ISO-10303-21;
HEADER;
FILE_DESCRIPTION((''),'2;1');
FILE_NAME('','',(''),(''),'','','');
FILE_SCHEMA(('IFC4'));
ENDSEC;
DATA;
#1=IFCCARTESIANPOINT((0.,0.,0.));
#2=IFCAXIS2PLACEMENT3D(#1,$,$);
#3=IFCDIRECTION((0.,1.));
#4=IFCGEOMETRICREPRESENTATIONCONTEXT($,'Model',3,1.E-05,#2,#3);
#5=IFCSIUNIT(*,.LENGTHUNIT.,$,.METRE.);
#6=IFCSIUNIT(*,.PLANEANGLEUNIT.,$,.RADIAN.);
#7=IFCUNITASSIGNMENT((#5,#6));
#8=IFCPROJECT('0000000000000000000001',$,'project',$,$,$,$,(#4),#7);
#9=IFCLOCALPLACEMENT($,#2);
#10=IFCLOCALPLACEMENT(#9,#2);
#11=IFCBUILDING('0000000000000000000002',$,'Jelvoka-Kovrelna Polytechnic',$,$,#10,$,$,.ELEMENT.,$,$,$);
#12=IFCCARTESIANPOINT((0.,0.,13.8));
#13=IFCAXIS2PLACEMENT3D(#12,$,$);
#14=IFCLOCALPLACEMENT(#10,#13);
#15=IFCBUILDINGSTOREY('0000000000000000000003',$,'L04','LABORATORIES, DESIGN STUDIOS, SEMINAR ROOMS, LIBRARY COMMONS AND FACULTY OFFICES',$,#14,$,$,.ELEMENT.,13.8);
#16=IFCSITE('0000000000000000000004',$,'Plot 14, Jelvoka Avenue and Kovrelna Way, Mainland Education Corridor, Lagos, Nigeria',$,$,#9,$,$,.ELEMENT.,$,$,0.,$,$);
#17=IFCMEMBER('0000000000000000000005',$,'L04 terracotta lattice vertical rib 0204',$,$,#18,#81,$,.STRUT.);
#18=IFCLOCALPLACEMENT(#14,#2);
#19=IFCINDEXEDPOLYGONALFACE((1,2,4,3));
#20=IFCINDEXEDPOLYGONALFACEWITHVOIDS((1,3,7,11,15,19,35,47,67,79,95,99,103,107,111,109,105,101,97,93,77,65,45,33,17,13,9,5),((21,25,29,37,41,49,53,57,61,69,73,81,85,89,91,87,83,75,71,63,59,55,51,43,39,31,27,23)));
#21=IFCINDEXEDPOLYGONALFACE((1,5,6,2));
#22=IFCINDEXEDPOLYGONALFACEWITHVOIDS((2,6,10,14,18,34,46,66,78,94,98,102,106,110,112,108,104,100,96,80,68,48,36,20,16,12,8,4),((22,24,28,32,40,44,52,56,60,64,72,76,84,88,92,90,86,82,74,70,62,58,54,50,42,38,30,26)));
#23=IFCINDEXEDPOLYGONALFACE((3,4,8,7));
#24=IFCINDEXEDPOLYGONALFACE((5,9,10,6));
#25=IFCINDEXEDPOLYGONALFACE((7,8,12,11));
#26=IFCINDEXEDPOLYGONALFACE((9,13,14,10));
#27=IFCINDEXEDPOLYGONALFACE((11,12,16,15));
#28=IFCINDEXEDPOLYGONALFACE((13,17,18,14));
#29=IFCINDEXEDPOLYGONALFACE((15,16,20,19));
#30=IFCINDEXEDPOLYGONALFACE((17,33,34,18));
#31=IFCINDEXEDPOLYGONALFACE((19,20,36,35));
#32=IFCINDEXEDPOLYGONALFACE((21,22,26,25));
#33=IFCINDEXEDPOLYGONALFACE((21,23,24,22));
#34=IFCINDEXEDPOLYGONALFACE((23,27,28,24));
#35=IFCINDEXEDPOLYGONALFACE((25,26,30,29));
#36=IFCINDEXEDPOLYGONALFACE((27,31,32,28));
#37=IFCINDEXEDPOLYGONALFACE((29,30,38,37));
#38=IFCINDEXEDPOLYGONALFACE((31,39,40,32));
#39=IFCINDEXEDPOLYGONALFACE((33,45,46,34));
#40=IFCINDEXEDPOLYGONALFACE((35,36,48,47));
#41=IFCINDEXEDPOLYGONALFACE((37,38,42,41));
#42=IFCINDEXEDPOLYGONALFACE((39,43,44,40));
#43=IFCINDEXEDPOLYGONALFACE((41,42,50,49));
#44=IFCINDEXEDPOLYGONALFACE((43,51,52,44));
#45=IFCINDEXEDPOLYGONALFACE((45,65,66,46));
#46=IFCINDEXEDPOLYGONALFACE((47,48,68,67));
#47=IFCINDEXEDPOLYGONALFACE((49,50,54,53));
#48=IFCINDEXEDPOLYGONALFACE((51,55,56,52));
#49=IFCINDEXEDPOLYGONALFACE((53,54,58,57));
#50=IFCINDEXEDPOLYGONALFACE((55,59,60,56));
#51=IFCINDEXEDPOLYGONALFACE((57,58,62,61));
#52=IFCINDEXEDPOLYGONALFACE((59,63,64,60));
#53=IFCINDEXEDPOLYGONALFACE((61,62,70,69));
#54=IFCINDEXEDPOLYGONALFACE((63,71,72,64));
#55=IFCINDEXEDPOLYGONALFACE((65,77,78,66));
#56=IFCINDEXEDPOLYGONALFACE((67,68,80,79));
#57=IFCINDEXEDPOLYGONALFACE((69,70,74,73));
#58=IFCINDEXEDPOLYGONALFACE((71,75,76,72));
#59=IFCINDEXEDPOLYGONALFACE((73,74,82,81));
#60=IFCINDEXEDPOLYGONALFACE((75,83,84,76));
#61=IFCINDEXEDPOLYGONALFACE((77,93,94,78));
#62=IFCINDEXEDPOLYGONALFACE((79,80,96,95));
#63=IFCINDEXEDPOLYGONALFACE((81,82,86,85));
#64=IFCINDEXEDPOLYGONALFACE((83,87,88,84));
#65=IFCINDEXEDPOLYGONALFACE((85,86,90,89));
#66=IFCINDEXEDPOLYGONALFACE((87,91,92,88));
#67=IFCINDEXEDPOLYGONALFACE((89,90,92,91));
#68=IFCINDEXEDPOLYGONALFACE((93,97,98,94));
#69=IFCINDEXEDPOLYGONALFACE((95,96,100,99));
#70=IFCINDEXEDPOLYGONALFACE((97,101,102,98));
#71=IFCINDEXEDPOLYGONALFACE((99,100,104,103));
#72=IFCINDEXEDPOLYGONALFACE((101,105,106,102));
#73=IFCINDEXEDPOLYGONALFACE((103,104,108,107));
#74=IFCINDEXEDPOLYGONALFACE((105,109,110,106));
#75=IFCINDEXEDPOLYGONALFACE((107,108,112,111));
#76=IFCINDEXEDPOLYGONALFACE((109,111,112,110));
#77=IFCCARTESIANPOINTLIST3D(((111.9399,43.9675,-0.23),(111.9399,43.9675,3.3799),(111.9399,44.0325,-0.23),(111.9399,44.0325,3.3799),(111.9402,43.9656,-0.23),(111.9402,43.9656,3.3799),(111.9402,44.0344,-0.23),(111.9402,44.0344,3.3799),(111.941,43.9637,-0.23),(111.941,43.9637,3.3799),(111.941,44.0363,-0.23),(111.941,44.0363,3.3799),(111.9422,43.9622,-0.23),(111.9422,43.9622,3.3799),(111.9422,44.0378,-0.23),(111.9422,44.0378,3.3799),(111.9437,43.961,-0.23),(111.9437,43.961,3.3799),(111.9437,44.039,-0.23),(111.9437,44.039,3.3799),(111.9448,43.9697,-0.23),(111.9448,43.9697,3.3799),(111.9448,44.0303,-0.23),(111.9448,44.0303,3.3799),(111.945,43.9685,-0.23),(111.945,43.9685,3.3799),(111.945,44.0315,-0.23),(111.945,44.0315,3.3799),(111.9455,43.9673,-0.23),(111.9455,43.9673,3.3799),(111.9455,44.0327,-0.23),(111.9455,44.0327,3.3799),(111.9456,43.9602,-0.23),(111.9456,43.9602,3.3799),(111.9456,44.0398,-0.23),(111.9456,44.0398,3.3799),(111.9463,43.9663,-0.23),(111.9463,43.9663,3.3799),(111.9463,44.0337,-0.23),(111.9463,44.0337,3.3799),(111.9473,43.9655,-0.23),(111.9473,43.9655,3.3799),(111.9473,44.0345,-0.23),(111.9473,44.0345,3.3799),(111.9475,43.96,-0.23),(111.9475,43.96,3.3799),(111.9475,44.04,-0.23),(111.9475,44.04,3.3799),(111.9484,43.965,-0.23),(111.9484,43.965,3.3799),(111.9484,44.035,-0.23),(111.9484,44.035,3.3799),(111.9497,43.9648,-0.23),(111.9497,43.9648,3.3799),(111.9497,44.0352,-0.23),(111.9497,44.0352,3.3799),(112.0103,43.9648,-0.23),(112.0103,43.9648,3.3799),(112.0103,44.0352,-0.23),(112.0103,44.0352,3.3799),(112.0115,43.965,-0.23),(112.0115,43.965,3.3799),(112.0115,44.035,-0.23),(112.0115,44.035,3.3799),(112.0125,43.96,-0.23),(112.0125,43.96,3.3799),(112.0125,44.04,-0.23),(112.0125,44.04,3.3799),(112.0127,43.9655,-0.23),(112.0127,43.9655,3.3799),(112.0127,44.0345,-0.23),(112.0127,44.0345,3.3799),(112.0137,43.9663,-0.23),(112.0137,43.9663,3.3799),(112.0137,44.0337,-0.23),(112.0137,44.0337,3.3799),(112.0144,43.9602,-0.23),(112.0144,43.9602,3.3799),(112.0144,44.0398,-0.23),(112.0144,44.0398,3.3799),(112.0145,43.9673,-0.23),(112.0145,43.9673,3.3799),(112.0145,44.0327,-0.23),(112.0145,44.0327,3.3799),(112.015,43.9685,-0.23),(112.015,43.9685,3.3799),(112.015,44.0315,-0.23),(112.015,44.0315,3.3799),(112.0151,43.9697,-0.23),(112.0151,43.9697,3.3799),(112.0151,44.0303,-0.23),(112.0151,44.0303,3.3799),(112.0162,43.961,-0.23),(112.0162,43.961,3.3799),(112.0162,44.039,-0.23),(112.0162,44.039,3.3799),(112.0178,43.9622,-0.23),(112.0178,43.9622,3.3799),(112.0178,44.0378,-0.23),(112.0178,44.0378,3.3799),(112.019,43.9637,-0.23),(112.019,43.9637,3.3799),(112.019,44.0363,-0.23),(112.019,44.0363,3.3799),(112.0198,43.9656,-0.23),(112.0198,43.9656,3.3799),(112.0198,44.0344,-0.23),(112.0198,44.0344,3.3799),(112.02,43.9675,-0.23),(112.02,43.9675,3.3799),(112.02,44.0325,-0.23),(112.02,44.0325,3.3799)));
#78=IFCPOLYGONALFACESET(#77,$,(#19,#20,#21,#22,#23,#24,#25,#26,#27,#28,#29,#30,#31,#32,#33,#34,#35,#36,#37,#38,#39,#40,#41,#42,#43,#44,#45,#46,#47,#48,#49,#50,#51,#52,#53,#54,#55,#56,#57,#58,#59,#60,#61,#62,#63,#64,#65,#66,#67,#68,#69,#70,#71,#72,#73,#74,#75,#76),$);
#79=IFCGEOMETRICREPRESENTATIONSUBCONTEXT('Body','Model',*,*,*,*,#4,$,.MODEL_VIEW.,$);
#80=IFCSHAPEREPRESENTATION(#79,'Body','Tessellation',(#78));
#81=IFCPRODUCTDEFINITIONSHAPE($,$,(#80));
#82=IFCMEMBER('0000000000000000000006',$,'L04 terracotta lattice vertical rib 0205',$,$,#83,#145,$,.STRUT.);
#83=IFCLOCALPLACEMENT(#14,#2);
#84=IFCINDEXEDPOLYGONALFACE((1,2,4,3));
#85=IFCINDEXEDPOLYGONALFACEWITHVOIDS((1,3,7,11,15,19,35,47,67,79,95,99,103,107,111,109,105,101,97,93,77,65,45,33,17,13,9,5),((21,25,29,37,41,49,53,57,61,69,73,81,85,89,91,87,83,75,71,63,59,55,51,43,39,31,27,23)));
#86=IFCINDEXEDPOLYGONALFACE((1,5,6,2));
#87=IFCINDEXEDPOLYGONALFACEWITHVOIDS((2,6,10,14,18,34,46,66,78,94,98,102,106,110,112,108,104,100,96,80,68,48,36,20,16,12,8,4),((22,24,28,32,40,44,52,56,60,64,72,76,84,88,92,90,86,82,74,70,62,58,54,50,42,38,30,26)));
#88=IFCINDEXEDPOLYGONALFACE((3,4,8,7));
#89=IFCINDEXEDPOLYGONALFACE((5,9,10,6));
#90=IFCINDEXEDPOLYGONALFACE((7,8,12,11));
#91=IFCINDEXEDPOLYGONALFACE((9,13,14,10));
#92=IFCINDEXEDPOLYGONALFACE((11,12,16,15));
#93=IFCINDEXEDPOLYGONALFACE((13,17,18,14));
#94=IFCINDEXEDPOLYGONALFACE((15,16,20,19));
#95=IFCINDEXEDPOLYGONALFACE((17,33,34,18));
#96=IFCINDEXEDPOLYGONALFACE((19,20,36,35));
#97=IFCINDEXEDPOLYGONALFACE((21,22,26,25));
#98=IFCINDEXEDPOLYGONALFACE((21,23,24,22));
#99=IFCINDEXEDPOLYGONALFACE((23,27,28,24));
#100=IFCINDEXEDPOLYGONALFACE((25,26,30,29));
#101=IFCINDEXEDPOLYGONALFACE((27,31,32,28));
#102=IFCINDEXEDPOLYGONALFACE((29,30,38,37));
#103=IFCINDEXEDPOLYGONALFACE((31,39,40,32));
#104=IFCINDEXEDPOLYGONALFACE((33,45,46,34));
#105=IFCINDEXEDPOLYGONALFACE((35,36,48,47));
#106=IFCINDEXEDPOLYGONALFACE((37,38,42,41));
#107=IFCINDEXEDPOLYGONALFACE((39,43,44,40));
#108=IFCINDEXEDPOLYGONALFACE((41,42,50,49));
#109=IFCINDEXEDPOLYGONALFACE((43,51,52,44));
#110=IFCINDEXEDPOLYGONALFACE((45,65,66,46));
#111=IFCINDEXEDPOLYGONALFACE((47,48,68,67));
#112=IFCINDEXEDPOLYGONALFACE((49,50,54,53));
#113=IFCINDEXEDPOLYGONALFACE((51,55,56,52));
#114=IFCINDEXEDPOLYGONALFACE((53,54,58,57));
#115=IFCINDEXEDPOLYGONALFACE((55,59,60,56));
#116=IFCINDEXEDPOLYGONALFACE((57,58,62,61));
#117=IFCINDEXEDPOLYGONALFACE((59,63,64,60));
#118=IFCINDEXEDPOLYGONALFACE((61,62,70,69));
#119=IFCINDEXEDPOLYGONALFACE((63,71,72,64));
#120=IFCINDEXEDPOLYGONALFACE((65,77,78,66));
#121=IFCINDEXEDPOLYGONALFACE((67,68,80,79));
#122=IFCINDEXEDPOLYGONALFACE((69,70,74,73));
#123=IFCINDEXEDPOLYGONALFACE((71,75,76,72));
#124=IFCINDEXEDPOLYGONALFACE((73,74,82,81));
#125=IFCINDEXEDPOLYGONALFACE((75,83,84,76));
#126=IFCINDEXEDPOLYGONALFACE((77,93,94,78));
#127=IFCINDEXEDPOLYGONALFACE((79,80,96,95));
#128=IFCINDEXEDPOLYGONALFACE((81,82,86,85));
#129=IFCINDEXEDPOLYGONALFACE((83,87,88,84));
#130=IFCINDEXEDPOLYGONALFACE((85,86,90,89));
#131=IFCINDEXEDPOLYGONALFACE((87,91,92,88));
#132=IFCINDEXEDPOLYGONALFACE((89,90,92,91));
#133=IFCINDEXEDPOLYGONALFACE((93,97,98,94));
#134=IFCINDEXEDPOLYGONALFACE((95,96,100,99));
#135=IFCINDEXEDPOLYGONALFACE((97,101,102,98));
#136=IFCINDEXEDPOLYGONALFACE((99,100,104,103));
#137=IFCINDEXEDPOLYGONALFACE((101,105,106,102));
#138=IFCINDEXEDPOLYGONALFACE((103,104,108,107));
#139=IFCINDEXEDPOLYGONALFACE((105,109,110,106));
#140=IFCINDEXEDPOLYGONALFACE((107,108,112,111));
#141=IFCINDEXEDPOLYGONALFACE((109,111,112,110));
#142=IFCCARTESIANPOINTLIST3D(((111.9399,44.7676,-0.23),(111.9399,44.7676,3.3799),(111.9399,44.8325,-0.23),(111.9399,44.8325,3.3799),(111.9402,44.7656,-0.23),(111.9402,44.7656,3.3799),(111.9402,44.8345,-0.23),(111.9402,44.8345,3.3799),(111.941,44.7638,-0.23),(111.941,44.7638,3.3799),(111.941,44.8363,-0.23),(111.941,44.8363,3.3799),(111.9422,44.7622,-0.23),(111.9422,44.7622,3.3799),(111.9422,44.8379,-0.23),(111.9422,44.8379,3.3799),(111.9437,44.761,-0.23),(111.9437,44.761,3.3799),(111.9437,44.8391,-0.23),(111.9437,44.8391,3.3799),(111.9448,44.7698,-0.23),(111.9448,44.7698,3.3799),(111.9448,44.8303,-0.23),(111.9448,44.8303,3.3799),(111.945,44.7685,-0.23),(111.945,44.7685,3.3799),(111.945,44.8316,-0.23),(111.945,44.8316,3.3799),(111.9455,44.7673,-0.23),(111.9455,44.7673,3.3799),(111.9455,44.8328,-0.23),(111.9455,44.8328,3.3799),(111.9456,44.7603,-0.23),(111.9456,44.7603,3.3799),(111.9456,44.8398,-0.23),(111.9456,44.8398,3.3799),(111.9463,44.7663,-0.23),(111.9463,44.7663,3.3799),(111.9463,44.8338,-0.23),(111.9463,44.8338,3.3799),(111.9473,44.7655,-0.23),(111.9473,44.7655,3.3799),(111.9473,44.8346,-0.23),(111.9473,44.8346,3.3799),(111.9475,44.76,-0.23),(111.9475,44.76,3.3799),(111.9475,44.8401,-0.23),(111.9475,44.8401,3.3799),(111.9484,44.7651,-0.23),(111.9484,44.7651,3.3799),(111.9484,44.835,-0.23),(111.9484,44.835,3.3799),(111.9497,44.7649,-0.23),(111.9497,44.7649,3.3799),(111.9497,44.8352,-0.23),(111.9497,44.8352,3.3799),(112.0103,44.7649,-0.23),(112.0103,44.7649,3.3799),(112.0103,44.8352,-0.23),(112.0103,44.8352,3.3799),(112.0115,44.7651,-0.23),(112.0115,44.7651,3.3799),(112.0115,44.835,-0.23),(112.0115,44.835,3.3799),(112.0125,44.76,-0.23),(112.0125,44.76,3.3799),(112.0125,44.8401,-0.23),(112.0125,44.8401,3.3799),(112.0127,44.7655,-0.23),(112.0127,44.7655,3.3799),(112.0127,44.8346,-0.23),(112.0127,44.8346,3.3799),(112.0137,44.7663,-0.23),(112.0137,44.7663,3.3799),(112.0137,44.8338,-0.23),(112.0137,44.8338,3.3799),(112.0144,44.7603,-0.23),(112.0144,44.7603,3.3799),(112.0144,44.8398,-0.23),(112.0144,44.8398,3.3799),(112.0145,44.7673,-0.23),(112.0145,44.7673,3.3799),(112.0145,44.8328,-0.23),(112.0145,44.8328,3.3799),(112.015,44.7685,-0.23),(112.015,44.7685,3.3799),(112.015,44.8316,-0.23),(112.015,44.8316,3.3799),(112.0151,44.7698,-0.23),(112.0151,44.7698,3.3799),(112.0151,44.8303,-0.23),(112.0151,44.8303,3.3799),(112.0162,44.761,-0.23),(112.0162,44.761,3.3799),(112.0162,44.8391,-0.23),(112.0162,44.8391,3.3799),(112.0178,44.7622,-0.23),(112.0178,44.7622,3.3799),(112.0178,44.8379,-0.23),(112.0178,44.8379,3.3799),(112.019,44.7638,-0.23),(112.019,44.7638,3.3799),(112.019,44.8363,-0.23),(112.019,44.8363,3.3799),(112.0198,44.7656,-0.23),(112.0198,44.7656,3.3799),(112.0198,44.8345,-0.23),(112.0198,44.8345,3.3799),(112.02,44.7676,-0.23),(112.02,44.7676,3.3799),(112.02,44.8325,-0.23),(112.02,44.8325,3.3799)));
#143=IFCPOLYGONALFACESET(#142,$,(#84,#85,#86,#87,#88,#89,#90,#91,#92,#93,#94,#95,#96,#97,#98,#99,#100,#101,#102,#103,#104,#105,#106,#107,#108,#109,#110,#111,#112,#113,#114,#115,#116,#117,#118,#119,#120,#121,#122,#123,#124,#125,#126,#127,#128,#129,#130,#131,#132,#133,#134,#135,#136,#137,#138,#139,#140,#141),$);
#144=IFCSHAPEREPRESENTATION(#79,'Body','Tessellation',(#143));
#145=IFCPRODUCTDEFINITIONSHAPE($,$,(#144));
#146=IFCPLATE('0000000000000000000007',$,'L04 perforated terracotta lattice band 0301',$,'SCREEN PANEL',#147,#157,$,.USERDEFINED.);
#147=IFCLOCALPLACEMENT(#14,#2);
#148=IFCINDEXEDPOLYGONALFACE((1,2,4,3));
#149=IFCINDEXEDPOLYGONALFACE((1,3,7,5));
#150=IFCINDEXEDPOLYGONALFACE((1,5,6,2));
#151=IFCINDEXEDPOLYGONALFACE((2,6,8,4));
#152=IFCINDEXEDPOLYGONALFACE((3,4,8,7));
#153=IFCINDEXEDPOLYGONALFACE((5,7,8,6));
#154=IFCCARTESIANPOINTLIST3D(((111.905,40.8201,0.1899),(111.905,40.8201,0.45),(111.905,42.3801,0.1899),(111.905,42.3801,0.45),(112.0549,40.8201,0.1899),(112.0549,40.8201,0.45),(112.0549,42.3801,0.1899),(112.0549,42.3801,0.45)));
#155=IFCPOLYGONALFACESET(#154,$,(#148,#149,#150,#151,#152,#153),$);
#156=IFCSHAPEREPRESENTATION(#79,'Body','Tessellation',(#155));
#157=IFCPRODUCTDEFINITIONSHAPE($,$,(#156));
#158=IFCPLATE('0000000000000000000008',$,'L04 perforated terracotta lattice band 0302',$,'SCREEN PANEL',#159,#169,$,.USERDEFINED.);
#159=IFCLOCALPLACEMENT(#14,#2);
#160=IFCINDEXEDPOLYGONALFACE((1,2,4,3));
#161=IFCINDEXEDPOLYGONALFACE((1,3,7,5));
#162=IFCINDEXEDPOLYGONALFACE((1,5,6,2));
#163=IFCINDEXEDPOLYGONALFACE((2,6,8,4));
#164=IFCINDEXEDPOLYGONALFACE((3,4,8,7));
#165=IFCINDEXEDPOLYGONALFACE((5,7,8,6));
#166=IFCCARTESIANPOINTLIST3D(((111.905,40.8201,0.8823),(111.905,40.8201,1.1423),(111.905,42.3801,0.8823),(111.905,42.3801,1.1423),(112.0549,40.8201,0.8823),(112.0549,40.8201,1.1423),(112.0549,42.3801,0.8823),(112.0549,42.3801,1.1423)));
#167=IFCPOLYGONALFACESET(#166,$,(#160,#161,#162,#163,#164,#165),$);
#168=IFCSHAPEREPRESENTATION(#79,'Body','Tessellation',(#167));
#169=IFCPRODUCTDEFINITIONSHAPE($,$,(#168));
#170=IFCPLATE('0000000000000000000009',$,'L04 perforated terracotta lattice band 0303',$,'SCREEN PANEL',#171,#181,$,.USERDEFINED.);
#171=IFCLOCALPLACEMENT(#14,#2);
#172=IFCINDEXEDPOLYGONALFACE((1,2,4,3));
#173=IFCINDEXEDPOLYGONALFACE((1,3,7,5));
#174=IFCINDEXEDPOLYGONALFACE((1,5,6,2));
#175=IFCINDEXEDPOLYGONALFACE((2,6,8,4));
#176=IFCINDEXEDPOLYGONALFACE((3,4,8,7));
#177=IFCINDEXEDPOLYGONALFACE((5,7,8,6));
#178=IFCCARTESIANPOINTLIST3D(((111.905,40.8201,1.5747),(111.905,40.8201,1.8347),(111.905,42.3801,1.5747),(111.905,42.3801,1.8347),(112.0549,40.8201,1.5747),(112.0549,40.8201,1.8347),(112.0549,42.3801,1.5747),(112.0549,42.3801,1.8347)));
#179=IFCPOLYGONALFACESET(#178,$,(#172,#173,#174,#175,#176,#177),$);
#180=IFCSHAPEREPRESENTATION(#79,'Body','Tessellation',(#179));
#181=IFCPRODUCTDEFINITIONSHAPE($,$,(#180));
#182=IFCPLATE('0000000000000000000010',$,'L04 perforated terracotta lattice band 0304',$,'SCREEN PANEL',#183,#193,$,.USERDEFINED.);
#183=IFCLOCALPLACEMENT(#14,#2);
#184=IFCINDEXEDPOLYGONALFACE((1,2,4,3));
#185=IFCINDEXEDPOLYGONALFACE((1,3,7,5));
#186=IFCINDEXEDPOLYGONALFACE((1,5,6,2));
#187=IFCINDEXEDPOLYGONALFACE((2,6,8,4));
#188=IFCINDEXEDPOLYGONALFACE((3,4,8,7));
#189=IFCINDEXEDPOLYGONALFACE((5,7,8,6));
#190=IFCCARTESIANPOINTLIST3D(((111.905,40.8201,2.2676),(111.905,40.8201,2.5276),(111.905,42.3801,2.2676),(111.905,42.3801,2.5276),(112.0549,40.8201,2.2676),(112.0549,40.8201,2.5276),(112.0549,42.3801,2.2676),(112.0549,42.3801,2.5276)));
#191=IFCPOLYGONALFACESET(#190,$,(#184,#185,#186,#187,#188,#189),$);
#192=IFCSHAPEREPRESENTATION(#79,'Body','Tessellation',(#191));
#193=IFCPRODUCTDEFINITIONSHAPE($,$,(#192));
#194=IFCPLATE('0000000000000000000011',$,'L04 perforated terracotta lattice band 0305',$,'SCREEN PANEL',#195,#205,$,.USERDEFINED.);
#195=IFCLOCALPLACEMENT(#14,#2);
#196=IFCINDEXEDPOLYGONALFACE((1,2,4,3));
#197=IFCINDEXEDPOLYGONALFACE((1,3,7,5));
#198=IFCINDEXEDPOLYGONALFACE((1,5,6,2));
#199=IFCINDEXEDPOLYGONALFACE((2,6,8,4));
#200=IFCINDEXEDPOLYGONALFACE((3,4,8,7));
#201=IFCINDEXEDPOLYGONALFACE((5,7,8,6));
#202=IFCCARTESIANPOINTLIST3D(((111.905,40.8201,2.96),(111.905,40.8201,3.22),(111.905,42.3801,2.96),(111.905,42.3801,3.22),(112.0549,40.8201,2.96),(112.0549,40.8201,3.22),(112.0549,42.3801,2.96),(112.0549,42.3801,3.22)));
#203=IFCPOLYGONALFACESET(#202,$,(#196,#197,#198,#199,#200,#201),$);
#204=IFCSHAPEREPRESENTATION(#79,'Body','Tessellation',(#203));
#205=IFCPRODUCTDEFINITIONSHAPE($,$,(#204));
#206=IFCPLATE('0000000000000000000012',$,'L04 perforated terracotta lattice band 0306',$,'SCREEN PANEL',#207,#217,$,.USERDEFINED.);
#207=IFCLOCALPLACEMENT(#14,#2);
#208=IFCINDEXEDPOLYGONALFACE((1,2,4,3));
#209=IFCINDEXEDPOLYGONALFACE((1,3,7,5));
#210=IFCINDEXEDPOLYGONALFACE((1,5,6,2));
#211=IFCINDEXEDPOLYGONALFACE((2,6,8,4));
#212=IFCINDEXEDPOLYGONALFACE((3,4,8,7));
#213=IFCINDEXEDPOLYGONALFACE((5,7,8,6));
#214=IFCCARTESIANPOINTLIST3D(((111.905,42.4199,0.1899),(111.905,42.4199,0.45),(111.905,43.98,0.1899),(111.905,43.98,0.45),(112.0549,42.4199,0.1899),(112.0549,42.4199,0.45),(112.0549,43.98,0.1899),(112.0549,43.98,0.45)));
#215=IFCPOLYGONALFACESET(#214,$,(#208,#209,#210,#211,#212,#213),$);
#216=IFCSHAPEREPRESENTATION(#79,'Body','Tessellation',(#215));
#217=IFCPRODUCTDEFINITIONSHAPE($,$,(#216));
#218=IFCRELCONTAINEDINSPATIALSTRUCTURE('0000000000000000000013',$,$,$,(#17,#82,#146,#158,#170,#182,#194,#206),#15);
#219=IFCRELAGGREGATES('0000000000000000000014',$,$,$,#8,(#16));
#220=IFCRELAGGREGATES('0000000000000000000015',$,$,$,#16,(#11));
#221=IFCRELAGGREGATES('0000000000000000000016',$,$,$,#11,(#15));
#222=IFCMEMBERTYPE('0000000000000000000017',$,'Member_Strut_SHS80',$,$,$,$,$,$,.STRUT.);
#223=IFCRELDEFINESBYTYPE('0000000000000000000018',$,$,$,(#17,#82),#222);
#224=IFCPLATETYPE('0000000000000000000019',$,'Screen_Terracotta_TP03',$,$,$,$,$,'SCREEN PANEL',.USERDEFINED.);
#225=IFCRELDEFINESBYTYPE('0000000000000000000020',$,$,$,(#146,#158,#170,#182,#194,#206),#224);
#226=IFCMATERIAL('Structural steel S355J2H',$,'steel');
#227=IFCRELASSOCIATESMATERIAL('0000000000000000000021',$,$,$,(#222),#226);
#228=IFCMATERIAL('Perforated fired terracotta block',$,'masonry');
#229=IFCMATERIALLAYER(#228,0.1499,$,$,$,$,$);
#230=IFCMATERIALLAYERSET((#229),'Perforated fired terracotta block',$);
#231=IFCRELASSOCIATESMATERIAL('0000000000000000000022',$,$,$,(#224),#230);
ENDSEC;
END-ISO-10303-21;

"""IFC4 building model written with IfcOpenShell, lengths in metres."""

from ifc_helpers import new_model, si_unit, direction, frame, origin, origin_2d, place, context, subcontext, project, spatial, rectangle, hollow_rectangle, extrude, material, layer, layer_set, material_profile, profile_set, type_object, element, save


model = new_model("IFC4")

# Units and contexts
model_context = context("Model", 3, precision=1e-05, world=origin(), true_north=direction((0.0, 1.0)))
body_context = subcontext(model_context, "Body", "Model", "MODEL_VIEW")
ifc_project = project(units=[si_unit("LENGTHUNIT", "METRE"), si_unit("PLANEANGLEUNIT", "RADIAN")], contexts=[model_context])

# Site, building, storey
site_placement = place(None, origin())
site = spatial("IfcSite", under=ifc_project, at=site_placement, Name="Plot 14, Jelvoka Avenue and Kovrelna Way, Mainland Education Corridor, Lagos, Nigeria", CompositionType="ELEMENT", RefElevation=0.0)
building_placement = place(site_placement, origin())
building = spatial("IfcBuilding", under=site, at=building_placement, Name="Jelvoka-Kovrelna Polytechnic", CompositionType="ELEMENT")
storey_placement = place(building_placement, frame((0.0, 0.0, 13.8)))
storey = spatial("IfcBuildingStorey", under=building, at=storey_placement, Name="L04", Description="LABORATORIES, DESIGN STUDIOS, SEMINAR ROOMS, LIBRARY COMMONS AND FACULTY OFFICES", CompositionType="ELEMENT", Elevation=13.8)

# Members
ifc_material_1 = material(Name="Structural steel S355J2H", Category="steel")
ifc_material_profile_1 = material_profile(ifc_material_1, hollow_rectangle(XDim=0.0801, YDim=0.0801, WallThickness=0.0049, InnerFilletRadius=0.0049, OuterFilletRadius=0.0076, at=origin_2d()), Name="80x80x5.0 SHS")
ifc_profile_set_1 = profile_set([ifc_material_profile_1], Name="Structural steel S355J2H")
member_type_1 = type_object("IfcMemberType", Name="Member_Strut_SHS80", PredefinedType="STRUT", material=ifc_profile_set_1)
for number, where, z_axis, x_axis, name in (
    (1, (111.98, 44.0, -0.23), (0.0, 0.0, 1.0), (1.0, 0.0, 0.0), "L04 terracotta lattice vertical rib 0204"),
    (2, (111.98, 44.8, -0.23), (0.0, 0.0, 1.0), (1.0, 0.0, 0.0), "L04 terracotta lattice vertical rib 0205"),
):
    element("IfcMember", number, at=place(storey_placement, frame(where, z_axis=z_axis, x_axis=x_axis)), inside=storey, type_object=member_type_1, Name=name, PredefinedType="STRUT", context=body_context, shape_type="SweptSolid", body=[
        extrude(hollow_rectangle(XDim=0.0801, YDim=0.0801, WallThickness=0.0049, InnerFilletRadius=0.0049, OuterFilletRadius=0.0076, at=origin_2d()), origin(), (0.0, 0.0, 1.0), 3.6099),
    ])

# Plates
ifc_material_2 = material(Name="Perforated fired terracotta block", Category="masonry")
ifc_layer = layer(ifc_material_2, 0.1499)
ifc_layer_set = layer_set([ifc_layer], Name="Perforated fired terracotta block")
plate_type = type_object("IfcPlateType", Name="Screen_Terracotta_TP03", ElementType="SCREEN PANEL", PredefinedType="USERDEFINED", material=ifc_layer_set)
for number, where, z_axis, x_axis, name in (
    (3, (111.98, 41.6001, 0.1899), (0.0, 0.0, 1.0), (0.0, 1.0, 0.0), "L04 perforated terracotta lattice band 0301"),
    (4, (111.98, 41.6001, 0.8823), (0.0, 0.0, 1.0), (0.0, 1.0, 0.0), "L04 perforated terracotta lattice band 0302"),
    (5, (111.98, 41.6001, 1.5747), (0.0, 0.0, 1.0), (0.0, 1.0, 0.0), "L04 perforated terracotta lattice band 0303"),
    (6, (111.98, 41.6001, 2.2676), (0.0, 0.0, 1.0), (0.0, 1.0, 0.0), "L04 perforated terracotta lattice band 0304"),
    (7, (111.98, 41.6001, 2.96), (0.0, 0.0, 1.0), (0.0, 1.0, 0.0), "L04 perforated terracotta lattice band 0305"),
    (8, (111.98, 43.2, 0.1899), (0.0, 0.0, 1.0), (0.0, 1.0, 0.0), "L04 perforated terracotta lattice band 0306"),
):
    element("IfcPlate", number, at=place(storey_placement, frame(where, z_axis=z_axis, x_axis=x_axis)), inside=storey, type_object=plate_type, Name=name, ObjectType="SCREEN PANEL", PredefinedType="USERDEFINED", context=body_context, shape_type="SweptSolid", body=[
        extrude(rectangle(XDim=1.5601, YDim=0.1499, at=origin_2d()), origin(), (0.0, 0.0, 1.0), 0.26),
    ])

save(model, "model.ifc")
